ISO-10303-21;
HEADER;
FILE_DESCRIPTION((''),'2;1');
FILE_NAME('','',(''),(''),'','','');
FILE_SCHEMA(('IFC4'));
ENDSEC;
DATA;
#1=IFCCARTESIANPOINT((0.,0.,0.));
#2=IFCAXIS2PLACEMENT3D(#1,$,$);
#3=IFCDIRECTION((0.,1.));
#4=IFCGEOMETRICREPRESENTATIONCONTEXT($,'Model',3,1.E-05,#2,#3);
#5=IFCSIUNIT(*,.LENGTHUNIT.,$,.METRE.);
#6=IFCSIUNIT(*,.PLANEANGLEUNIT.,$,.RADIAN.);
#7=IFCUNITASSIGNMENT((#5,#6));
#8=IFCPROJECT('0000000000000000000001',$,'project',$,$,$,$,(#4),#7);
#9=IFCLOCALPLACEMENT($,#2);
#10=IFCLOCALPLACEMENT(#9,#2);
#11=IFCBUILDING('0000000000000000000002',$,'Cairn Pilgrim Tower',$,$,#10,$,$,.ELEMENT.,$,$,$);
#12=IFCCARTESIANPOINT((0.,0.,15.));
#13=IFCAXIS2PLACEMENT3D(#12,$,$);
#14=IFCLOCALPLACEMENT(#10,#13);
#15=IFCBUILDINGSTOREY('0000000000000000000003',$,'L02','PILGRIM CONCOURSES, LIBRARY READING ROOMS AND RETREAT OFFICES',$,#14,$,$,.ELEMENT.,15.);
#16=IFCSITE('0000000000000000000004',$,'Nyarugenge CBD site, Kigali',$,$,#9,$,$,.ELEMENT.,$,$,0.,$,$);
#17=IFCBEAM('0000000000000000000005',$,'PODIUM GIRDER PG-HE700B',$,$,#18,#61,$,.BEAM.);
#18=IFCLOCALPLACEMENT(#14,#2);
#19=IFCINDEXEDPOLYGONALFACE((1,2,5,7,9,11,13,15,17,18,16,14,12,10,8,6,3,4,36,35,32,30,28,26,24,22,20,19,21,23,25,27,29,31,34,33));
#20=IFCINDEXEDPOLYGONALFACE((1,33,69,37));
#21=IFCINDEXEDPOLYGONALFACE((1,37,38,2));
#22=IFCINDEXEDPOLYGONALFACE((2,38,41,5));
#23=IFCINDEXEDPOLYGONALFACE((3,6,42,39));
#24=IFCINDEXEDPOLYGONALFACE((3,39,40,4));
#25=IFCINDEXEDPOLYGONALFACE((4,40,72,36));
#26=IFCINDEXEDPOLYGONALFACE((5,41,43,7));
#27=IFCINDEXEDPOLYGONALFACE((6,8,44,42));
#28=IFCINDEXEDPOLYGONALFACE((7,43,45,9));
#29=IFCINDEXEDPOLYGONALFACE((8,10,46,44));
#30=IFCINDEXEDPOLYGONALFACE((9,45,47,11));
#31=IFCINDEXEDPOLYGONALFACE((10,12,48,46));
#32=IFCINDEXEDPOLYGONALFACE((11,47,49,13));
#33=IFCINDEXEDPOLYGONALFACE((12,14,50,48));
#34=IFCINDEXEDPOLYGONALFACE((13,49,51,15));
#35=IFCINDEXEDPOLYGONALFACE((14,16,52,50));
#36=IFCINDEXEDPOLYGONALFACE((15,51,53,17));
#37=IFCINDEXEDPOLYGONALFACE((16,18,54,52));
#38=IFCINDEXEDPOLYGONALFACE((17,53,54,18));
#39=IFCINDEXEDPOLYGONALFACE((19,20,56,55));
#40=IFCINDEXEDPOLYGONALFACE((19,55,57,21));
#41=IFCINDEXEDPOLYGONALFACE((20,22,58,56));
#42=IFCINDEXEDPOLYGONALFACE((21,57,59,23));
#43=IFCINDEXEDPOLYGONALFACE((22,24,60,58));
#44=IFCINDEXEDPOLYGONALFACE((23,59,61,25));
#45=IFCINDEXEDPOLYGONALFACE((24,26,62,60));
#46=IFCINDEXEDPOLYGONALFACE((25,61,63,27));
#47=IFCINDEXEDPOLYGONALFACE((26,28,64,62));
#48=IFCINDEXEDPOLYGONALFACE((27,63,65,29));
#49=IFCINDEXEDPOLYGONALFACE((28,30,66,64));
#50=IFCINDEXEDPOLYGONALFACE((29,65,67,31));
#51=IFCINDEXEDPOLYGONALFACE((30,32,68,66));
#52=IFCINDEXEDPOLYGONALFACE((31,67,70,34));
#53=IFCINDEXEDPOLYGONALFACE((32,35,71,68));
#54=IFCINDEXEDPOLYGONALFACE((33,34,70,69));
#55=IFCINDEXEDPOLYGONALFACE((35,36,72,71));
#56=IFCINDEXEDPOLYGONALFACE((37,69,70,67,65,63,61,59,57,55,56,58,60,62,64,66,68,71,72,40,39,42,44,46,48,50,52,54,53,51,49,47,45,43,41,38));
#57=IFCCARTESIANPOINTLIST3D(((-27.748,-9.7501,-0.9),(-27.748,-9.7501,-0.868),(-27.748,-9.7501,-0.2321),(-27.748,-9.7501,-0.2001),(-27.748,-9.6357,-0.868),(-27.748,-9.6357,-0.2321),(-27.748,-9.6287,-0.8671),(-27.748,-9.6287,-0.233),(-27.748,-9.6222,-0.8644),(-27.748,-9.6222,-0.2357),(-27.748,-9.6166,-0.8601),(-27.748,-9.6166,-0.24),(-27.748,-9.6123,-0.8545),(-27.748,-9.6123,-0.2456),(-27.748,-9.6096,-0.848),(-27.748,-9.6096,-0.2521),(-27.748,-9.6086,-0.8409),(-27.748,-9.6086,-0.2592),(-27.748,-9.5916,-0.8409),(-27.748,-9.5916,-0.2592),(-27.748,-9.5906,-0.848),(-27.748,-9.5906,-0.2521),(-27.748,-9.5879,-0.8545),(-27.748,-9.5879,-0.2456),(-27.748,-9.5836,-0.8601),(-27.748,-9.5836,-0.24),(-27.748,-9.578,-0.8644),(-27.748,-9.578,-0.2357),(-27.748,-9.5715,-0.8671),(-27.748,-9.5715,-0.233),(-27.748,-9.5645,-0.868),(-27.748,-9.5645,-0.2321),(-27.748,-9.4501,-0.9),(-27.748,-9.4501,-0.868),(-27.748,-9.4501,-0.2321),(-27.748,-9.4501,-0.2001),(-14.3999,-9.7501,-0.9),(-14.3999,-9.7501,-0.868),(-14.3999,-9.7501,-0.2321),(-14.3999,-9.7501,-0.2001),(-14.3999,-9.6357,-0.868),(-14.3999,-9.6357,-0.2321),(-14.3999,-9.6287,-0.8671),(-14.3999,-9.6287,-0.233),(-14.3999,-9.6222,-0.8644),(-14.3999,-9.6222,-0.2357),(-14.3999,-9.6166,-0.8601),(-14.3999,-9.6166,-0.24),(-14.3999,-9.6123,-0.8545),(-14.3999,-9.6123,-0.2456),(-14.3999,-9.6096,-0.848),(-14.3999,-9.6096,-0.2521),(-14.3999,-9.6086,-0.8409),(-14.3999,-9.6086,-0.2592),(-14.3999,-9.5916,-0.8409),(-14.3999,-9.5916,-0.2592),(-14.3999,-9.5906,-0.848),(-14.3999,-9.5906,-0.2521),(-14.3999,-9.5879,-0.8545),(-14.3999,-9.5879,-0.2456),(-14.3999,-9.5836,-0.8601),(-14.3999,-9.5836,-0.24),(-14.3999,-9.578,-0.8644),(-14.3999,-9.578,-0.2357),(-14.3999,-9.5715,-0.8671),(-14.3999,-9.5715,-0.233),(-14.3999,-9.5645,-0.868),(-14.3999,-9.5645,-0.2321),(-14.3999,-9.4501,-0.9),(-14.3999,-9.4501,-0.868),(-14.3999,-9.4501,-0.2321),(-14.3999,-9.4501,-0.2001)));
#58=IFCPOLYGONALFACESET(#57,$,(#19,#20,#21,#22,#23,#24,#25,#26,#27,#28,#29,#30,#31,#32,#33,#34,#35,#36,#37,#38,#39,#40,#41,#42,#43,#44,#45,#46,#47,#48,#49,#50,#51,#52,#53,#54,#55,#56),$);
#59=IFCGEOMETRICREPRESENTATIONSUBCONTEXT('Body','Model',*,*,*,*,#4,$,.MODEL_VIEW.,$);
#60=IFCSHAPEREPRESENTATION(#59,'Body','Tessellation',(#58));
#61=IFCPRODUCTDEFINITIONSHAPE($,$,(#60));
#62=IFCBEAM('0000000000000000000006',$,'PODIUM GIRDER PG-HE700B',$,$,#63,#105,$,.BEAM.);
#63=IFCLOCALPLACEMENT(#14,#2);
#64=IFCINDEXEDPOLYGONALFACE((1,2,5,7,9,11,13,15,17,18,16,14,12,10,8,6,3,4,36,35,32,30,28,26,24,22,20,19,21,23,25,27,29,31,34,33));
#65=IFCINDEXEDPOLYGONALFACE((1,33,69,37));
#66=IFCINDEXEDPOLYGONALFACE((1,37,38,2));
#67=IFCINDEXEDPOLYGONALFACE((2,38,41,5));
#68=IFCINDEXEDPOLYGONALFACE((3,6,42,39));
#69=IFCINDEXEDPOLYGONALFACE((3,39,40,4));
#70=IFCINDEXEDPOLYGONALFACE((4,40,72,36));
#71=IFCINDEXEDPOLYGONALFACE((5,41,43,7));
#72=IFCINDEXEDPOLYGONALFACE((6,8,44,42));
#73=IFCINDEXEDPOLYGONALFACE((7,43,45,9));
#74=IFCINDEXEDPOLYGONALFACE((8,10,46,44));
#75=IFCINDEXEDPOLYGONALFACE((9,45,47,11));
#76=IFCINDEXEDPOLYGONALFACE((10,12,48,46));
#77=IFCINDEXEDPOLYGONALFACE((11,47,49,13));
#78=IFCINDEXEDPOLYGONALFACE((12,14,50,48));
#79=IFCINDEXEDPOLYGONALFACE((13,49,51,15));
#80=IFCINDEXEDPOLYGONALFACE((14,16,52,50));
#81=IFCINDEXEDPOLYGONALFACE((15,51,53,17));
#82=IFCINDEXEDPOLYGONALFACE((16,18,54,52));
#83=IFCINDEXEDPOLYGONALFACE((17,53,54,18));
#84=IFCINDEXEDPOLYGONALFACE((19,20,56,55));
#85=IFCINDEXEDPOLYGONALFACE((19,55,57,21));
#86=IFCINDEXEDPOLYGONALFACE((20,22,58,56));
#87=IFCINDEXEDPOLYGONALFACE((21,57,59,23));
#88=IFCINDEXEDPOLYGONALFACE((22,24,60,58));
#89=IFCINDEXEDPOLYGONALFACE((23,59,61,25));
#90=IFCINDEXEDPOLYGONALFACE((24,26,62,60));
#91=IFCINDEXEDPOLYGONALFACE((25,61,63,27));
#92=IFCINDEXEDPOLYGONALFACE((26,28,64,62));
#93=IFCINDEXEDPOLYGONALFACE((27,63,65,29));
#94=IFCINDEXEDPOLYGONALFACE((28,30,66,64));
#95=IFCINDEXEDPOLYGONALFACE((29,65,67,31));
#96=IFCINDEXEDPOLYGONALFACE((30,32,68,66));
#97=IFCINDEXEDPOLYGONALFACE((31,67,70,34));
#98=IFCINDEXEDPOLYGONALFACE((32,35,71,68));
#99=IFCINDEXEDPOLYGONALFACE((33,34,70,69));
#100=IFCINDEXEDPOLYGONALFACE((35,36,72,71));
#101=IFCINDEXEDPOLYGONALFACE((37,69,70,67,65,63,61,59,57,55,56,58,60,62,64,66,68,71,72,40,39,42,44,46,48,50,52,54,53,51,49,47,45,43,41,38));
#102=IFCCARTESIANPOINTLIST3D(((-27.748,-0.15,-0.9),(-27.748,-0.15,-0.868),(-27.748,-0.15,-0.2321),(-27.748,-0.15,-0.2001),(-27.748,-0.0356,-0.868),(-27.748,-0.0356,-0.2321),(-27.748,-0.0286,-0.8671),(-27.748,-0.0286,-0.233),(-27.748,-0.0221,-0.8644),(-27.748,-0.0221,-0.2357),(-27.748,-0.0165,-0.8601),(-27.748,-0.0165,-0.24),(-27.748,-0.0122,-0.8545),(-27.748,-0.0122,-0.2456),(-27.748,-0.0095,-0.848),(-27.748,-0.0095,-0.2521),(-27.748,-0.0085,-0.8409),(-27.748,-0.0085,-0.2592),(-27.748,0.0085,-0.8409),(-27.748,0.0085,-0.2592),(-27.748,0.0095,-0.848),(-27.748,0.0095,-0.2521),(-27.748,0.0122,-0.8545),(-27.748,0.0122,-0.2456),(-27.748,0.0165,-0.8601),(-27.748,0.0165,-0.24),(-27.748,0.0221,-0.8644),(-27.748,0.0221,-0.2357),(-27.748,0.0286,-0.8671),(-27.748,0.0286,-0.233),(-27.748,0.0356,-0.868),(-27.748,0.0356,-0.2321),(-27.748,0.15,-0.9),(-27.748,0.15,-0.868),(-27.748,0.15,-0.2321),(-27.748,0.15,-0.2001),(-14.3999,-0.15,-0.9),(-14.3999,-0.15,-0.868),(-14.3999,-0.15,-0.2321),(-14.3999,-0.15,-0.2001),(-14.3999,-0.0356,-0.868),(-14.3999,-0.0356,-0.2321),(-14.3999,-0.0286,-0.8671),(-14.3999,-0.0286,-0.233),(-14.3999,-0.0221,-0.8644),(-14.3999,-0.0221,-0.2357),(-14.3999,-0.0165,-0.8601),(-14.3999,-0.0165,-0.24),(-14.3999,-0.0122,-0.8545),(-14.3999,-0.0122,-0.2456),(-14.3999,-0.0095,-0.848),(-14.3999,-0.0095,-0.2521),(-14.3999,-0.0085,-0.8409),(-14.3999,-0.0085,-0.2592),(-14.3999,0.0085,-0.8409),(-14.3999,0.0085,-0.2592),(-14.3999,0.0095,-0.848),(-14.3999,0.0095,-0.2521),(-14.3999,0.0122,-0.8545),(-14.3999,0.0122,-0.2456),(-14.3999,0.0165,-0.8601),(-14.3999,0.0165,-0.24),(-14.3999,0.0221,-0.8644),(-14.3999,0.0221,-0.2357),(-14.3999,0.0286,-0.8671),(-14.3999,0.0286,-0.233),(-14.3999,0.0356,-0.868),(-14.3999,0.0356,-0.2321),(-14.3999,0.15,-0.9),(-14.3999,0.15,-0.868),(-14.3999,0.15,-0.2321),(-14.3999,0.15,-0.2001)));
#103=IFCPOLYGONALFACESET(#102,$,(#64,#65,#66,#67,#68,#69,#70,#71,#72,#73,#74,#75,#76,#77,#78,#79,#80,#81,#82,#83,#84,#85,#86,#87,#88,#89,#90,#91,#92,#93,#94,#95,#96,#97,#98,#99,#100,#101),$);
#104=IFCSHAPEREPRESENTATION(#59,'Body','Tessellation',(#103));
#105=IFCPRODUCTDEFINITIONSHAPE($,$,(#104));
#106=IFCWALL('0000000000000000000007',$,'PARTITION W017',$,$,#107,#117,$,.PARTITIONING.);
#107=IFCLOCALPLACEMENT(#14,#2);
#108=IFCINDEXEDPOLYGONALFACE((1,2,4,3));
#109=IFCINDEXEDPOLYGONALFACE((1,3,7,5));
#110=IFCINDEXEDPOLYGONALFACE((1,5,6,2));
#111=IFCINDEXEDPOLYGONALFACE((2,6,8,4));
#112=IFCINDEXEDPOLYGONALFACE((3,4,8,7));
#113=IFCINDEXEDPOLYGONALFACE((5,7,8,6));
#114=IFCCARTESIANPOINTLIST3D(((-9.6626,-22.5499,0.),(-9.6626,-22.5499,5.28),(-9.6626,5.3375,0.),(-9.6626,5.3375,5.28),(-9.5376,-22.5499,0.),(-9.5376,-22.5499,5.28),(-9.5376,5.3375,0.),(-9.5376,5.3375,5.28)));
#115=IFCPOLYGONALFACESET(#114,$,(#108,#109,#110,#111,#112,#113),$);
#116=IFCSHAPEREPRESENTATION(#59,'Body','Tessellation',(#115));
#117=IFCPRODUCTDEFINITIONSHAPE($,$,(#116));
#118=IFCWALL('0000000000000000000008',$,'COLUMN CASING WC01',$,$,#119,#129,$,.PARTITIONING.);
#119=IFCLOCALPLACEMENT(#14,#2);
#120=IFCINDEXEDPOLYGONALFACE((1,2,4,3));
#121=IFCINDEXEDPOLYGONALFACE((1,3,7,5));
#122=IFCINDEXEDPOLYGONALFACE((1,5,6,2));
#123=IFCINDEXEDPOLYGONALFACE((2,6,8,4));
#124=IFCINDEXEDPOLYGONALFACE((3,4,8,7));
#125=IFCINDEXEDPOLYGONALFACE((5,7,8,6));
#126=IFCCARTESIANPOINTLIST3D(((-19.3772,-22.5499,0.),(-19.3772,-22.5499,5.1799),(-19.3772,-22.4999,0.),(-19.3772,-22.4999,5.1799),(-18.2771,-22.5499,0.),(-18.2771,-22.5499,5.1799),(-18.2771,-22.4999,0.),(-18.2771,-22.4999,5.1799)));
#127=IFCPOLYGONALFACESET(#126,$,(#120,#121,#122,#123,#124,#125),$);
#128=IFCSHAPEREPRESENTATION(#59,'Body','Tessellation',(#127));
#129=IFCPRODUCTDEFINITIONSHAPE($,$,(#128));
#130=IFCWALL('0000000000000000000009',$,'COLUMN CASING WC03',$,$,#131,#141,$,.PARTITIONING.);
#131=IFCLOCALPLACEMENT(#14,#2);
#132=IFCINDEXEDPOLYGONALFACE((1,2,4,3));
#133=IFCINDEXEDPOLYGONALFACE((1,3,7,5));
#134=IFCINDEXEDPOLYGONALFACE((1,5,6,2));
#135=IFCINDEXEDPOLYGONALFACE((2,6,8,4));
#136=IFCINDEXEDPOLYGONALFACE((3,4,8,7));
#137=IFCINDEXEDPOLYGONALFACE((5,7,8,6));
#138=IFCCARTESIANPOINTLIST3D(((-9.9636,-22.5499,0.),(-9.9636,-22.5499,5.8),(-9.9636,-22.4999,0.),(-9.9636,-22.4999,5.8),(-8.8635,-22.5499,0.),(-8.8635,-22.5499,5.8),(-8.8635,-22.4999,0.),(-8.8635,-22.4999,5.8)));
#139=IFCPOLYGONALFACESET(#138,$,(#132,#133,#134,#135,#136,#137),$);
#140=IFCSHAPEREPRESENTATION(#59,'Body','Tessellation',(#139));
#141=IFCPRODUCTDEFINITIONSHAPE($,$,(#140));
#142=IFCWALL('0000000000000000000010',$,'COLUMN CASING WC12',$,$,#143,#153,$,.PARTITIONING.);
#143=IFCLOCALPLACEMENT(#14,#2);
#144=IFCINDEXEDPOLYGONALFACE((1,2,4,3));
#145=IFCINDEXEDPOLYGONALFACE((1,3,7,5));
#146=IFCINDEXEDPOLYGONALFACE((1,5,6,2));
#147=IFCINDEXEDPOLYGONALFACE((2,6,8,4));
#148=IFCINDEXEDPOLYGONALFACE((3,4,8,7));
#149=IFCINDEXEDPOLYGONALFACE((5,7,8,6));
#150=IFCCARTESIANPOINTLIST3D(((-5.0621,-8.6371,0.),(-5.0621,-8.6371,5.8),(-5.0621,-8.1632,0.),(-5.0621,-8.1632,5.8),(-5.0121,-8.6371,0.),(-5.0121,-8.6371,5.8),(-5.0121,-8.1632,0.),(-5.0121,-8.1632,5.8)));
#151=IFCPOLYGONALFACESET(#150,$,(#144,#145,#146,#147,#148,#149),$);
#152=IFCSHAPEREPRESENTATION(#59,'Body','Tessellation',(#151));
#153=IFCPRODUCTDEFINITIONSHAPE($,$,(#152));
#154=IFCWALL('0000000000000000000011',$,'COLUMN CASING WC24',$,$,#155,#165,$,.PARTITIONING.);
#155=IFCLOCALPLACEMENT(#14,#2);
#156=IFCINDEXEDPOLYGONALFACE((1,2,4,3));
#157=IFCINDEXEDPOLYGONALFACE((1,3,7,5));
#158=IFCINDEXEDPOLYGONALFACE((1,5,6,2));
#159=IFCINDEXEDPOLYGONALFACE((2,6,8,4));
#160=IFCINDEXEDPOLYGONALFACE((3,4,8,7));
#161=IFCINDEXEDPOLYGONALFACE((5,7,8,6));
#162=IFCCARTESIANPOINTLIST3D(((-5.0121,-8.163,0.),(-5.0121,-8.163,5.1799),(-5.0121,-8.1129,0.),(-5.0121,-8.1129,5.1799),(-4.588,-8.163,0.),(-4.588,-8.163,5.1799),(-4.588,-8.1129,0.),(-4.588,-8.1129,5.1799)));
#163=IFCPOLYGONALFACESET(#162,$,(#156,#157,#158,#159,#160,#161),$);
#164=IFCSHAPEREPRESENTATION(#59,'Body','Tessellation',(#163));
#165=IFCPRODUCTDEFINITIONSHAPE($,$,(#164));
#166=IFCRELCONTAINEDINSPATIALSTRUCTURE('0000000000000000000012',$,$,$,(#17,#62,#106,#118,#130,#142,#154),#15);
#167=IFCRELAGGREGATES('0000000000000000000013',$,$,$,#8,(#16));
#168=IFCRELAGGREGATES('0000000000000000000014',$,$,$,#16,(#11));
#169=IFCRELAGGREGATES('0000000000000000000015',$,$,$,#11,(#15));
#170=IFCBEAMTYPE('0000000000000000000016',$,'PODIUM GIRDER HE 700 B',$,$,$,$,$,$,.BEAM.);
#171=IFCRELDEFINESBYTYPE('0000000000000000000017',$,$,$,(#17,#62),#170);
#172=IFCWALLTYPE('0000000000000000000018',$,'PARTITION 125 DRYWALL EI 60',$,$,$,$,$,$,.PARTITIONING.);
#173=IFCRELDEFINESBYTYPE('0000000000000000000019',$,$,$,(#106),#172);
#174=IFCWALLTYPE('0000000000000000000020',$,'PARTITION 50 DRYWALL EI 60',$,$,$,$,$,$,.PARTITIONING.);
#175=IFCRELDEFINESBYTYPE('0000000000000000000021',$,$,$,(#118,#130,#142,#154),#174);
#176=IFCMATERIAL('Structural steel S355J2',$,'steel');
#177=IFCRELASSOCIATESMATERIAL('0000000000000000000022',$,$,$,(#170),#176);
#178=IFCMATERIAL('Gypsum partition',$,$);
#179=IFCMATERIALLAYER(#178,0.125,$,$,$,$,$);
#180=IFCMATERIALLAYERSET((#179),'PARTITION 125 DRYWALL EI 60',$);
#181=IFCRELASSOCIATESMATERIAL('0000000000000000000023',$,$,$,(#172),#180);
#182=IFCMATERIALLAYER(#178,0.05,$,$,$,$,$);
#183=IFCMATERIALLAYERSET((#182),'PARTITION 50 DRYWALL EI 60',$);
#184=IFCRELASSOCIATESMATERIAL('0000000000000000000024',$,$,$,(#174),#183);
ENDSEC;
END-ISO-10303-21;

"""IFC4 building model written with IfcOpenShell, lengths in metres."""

from ifc_helpers import new_model, si_unit, direction, frame, frame_2d, origin, origin_2d, place, context, subcontext, project, spatial, rectangle, i_section, extrude, material, layer, layer_set, material_profile, profile_set, type_object, element, save


model = new_model("IFC4")

# Units and contexts
model_context = context("Model", 3, precision=1e-05, world=origin(), true_north=direction((0.0, 1.0)))
body_context = subcontext(model_context, "Body", "Model", "MODEL_VIEW")
ifc_project = project(units=[si_unit("LENGTHUNIT", "METRE"), si_unit("PLANEANGLEUNIT", "RADIAN")], contexts=[model_context])

# Site, building, storey
site_placement = place(None, origin())
site = spatial("IfcSite", under=ifc_project, at=site_placement, Name="Nyarugenge CBD site, Kigali", CompositionType="ELEMENT", RefElevation=0.0)
building_placement = place(site_placement, origin())
building = spatial("IfcBuilding", under=site, at=building_placement, Name="Cairn Pilgrim Tower", CompositionType="ELEMENT")
storey_placement = place(building_placement, frame((0.0, 0.0, 15.0)))
storey = spatial("IfcBuildingStorey", under=building, at=storey_placement, Name="L02", Description="PILGRIM CONCOURSES, LIBRARY READING ROOMS AND RETREAT OFFICES", CompositionType="ELEMENT", Elevation=15.0)

# Beams
ifc_material_1 = material(Name="Structural steel S355J2", Category="steel")
ifc_material_profile_1 = material_profile(ifc_material_1, i_section(OverallWidth=0.3, OverallDepth=0.7, WebThickness=0.0171, FlangeThickness=0.032, FilletRadius=0.0271, at=origin_2d()), Name="HEB 700")
ifc_profile_set_1 = profile_set([ifc_material_profile_1], Name="Structural steel S355J2")
beam_type_1 = type_object("IfcBeamType", Name="PODIUM GIRDER HE 700 B", PredefinedType="BEAM", material=ifc_profile_set_1)
for number, where, z_axis, x_axis, name in (
    (1, (-27.748, -9.6001, -0.55), (1.0, 0.0, 0.0), (0.0, 1.0, 0.0), "PODIUM GIRDER PG-HE700B"),
    (2, (-27.748, 0.0, -0.55), (1.0, 0.0, 0.0), (0.0, 1.0, 0.0), "PODIUM GIRDER PG-HE700B"),
):
    element("IfcBeam", number, at=place(storey_placement, frame(where, z_axis=z_axis, x_axis=x_axis)), inside=storey, type_object=beam_type_1, Name=name, PredefinedType="BEAM", context=body_context, shape_type="SweptSolid", body=[
        extrude(i_section(OverallWidth=0.3, OverallDepth=0.7, WebThickness=0.0171, FlangeThickness=0.032, FilletRadius=0.0271, at=origin_2d()), origin(), (0.0, 0.0, 1.0), 13.3481),
    ])

# Walls
ifc_material_2 = material(Name="Gypsum partition")
ifc_layer_1 = layer(ifc_material_2, 0.125)
ifc_layer_set_1 = layer_set([ifc_layer_1], Name="PARTITION 125 DRYWALL EI 60")
wall_type_1 = type_object("IfcWallType", Name="PARTITION 125 DRYWALL EI 60", PredefinedType="PARTITIONING", material=ifc_layer_set_1)
wall_1_placement = place(storey_placement, frame((-9.6001, -22.55, 0.0), z_axis=(0.0, 0.0, 1.0), x_axis=(0.0, 1.0, 0.0)))
element("IfcWall", 3, at=wall_1_placement, inside=storey, type_object=wall_type_1, Name="PARTITION W017", PredefinedType="PARTITIONING", context=body_context, shape_type="SweptSolid", body=[
    extrude(rectangle(XDim=27.8875, YDim=0.125, at=frame_2d((13.9438, 0.0))), origin(), (0.0, 0.0, 1.0), 5.28),
])
ifc_layer_2 = layer(ifc_material_2, 0.05)
ifc_layer_set_2 = layer_set([ifc_layer_2], Name="PARTITION 50 DRYWALL EI 60")
wall_type_2 = type_object("IfcWallType", Name="PARTITION 50 DRYWALL EI 60", PredefinedType="PARTITIONING", material=ifc_layer_set_2)
wall_2_placement = place(storey_placement, frame((-19.3772, -22.5249, 0.0), z_axis=(0.0, 0.0, 1.0), x_axis=(1.0, 0.0, 0.0)))
element("IfcWall", 4, at=wall_2_placement, inside=storey, type_object=wall_type_2, Name="COLUMN CASING WC01", PredefinedType="PARTITIONING", context=body_context, shape_type="SweptSolid", body=[
    extrude(rectangle(XDim=1.1001, YDim=0.05, at=frame_2d((0.55, 0.0))), origin(), (0.0, 0.0, 1.0), 5.1799),
])
wall_3_placement = place(storey_placement, frame((-9.9636, -22.5249, 0.0), z_axis=(0.0, 0.0, 1.0), x_axis=(1.0, 0.0, 0.0)))
element("IfcWall", 5, at=wall_3_placement, inside=storey, type_object=wall_type_2, Name="COLUMN CASING WC03", PredefinedType="PARTITIONING", context=body_context, shape_type="SweptSolid", body=[
    extrude(rectangle(XDim=1.1001, YDim=0.05, at=frame_2d((0.55, 0.0))), origin(), (0.0, 0.0, 1.0), 5.8),
])
wall_4_placement = place(storey_placement, frame((-5.0371, -8.637, 0.0), z_axis=(0.0, 0.0, 1.0), x_axis=(0.0, 1.0, 0.0)))
element("IfcWall", 6, at=wall_4_placement, inside=storey, type_object=wall_type_2, Name="COLUMN CASING WC12", PredefinedType="PARTITIONING", context=body_context, shape_type="SweptSolid", body=[
    extrude(rectangle(XDim=0.4739, YDim=0.05, at=frame_2d((0.2368, 0.0))), origin(), (0.0, 0.0, 1.0), 5.8),
])
wall_5_placement = place(storey_placement, frame((-5.012, -8.1379, 0.0), z_axis=(0.0, 0.0, 1.0), x_axis=(1.0, 0.0, 0.0)))
element("IfcWall", 7, at=wall_5_placement, inside=storey, type_object=wall_type_2, Name="COLUMN CASING WC24", PredefinedType="PARTITIONING", context=body_context, shape_type="SweptSolid", body=[
    extrude(rectangle(XDim=0.4241, YDim=0.05, at=frame_2d((0.2119, 0.0))), origin(), (0.0, 0.0, 1.0), 5.1799),
])

save(model, "model.ifc")
